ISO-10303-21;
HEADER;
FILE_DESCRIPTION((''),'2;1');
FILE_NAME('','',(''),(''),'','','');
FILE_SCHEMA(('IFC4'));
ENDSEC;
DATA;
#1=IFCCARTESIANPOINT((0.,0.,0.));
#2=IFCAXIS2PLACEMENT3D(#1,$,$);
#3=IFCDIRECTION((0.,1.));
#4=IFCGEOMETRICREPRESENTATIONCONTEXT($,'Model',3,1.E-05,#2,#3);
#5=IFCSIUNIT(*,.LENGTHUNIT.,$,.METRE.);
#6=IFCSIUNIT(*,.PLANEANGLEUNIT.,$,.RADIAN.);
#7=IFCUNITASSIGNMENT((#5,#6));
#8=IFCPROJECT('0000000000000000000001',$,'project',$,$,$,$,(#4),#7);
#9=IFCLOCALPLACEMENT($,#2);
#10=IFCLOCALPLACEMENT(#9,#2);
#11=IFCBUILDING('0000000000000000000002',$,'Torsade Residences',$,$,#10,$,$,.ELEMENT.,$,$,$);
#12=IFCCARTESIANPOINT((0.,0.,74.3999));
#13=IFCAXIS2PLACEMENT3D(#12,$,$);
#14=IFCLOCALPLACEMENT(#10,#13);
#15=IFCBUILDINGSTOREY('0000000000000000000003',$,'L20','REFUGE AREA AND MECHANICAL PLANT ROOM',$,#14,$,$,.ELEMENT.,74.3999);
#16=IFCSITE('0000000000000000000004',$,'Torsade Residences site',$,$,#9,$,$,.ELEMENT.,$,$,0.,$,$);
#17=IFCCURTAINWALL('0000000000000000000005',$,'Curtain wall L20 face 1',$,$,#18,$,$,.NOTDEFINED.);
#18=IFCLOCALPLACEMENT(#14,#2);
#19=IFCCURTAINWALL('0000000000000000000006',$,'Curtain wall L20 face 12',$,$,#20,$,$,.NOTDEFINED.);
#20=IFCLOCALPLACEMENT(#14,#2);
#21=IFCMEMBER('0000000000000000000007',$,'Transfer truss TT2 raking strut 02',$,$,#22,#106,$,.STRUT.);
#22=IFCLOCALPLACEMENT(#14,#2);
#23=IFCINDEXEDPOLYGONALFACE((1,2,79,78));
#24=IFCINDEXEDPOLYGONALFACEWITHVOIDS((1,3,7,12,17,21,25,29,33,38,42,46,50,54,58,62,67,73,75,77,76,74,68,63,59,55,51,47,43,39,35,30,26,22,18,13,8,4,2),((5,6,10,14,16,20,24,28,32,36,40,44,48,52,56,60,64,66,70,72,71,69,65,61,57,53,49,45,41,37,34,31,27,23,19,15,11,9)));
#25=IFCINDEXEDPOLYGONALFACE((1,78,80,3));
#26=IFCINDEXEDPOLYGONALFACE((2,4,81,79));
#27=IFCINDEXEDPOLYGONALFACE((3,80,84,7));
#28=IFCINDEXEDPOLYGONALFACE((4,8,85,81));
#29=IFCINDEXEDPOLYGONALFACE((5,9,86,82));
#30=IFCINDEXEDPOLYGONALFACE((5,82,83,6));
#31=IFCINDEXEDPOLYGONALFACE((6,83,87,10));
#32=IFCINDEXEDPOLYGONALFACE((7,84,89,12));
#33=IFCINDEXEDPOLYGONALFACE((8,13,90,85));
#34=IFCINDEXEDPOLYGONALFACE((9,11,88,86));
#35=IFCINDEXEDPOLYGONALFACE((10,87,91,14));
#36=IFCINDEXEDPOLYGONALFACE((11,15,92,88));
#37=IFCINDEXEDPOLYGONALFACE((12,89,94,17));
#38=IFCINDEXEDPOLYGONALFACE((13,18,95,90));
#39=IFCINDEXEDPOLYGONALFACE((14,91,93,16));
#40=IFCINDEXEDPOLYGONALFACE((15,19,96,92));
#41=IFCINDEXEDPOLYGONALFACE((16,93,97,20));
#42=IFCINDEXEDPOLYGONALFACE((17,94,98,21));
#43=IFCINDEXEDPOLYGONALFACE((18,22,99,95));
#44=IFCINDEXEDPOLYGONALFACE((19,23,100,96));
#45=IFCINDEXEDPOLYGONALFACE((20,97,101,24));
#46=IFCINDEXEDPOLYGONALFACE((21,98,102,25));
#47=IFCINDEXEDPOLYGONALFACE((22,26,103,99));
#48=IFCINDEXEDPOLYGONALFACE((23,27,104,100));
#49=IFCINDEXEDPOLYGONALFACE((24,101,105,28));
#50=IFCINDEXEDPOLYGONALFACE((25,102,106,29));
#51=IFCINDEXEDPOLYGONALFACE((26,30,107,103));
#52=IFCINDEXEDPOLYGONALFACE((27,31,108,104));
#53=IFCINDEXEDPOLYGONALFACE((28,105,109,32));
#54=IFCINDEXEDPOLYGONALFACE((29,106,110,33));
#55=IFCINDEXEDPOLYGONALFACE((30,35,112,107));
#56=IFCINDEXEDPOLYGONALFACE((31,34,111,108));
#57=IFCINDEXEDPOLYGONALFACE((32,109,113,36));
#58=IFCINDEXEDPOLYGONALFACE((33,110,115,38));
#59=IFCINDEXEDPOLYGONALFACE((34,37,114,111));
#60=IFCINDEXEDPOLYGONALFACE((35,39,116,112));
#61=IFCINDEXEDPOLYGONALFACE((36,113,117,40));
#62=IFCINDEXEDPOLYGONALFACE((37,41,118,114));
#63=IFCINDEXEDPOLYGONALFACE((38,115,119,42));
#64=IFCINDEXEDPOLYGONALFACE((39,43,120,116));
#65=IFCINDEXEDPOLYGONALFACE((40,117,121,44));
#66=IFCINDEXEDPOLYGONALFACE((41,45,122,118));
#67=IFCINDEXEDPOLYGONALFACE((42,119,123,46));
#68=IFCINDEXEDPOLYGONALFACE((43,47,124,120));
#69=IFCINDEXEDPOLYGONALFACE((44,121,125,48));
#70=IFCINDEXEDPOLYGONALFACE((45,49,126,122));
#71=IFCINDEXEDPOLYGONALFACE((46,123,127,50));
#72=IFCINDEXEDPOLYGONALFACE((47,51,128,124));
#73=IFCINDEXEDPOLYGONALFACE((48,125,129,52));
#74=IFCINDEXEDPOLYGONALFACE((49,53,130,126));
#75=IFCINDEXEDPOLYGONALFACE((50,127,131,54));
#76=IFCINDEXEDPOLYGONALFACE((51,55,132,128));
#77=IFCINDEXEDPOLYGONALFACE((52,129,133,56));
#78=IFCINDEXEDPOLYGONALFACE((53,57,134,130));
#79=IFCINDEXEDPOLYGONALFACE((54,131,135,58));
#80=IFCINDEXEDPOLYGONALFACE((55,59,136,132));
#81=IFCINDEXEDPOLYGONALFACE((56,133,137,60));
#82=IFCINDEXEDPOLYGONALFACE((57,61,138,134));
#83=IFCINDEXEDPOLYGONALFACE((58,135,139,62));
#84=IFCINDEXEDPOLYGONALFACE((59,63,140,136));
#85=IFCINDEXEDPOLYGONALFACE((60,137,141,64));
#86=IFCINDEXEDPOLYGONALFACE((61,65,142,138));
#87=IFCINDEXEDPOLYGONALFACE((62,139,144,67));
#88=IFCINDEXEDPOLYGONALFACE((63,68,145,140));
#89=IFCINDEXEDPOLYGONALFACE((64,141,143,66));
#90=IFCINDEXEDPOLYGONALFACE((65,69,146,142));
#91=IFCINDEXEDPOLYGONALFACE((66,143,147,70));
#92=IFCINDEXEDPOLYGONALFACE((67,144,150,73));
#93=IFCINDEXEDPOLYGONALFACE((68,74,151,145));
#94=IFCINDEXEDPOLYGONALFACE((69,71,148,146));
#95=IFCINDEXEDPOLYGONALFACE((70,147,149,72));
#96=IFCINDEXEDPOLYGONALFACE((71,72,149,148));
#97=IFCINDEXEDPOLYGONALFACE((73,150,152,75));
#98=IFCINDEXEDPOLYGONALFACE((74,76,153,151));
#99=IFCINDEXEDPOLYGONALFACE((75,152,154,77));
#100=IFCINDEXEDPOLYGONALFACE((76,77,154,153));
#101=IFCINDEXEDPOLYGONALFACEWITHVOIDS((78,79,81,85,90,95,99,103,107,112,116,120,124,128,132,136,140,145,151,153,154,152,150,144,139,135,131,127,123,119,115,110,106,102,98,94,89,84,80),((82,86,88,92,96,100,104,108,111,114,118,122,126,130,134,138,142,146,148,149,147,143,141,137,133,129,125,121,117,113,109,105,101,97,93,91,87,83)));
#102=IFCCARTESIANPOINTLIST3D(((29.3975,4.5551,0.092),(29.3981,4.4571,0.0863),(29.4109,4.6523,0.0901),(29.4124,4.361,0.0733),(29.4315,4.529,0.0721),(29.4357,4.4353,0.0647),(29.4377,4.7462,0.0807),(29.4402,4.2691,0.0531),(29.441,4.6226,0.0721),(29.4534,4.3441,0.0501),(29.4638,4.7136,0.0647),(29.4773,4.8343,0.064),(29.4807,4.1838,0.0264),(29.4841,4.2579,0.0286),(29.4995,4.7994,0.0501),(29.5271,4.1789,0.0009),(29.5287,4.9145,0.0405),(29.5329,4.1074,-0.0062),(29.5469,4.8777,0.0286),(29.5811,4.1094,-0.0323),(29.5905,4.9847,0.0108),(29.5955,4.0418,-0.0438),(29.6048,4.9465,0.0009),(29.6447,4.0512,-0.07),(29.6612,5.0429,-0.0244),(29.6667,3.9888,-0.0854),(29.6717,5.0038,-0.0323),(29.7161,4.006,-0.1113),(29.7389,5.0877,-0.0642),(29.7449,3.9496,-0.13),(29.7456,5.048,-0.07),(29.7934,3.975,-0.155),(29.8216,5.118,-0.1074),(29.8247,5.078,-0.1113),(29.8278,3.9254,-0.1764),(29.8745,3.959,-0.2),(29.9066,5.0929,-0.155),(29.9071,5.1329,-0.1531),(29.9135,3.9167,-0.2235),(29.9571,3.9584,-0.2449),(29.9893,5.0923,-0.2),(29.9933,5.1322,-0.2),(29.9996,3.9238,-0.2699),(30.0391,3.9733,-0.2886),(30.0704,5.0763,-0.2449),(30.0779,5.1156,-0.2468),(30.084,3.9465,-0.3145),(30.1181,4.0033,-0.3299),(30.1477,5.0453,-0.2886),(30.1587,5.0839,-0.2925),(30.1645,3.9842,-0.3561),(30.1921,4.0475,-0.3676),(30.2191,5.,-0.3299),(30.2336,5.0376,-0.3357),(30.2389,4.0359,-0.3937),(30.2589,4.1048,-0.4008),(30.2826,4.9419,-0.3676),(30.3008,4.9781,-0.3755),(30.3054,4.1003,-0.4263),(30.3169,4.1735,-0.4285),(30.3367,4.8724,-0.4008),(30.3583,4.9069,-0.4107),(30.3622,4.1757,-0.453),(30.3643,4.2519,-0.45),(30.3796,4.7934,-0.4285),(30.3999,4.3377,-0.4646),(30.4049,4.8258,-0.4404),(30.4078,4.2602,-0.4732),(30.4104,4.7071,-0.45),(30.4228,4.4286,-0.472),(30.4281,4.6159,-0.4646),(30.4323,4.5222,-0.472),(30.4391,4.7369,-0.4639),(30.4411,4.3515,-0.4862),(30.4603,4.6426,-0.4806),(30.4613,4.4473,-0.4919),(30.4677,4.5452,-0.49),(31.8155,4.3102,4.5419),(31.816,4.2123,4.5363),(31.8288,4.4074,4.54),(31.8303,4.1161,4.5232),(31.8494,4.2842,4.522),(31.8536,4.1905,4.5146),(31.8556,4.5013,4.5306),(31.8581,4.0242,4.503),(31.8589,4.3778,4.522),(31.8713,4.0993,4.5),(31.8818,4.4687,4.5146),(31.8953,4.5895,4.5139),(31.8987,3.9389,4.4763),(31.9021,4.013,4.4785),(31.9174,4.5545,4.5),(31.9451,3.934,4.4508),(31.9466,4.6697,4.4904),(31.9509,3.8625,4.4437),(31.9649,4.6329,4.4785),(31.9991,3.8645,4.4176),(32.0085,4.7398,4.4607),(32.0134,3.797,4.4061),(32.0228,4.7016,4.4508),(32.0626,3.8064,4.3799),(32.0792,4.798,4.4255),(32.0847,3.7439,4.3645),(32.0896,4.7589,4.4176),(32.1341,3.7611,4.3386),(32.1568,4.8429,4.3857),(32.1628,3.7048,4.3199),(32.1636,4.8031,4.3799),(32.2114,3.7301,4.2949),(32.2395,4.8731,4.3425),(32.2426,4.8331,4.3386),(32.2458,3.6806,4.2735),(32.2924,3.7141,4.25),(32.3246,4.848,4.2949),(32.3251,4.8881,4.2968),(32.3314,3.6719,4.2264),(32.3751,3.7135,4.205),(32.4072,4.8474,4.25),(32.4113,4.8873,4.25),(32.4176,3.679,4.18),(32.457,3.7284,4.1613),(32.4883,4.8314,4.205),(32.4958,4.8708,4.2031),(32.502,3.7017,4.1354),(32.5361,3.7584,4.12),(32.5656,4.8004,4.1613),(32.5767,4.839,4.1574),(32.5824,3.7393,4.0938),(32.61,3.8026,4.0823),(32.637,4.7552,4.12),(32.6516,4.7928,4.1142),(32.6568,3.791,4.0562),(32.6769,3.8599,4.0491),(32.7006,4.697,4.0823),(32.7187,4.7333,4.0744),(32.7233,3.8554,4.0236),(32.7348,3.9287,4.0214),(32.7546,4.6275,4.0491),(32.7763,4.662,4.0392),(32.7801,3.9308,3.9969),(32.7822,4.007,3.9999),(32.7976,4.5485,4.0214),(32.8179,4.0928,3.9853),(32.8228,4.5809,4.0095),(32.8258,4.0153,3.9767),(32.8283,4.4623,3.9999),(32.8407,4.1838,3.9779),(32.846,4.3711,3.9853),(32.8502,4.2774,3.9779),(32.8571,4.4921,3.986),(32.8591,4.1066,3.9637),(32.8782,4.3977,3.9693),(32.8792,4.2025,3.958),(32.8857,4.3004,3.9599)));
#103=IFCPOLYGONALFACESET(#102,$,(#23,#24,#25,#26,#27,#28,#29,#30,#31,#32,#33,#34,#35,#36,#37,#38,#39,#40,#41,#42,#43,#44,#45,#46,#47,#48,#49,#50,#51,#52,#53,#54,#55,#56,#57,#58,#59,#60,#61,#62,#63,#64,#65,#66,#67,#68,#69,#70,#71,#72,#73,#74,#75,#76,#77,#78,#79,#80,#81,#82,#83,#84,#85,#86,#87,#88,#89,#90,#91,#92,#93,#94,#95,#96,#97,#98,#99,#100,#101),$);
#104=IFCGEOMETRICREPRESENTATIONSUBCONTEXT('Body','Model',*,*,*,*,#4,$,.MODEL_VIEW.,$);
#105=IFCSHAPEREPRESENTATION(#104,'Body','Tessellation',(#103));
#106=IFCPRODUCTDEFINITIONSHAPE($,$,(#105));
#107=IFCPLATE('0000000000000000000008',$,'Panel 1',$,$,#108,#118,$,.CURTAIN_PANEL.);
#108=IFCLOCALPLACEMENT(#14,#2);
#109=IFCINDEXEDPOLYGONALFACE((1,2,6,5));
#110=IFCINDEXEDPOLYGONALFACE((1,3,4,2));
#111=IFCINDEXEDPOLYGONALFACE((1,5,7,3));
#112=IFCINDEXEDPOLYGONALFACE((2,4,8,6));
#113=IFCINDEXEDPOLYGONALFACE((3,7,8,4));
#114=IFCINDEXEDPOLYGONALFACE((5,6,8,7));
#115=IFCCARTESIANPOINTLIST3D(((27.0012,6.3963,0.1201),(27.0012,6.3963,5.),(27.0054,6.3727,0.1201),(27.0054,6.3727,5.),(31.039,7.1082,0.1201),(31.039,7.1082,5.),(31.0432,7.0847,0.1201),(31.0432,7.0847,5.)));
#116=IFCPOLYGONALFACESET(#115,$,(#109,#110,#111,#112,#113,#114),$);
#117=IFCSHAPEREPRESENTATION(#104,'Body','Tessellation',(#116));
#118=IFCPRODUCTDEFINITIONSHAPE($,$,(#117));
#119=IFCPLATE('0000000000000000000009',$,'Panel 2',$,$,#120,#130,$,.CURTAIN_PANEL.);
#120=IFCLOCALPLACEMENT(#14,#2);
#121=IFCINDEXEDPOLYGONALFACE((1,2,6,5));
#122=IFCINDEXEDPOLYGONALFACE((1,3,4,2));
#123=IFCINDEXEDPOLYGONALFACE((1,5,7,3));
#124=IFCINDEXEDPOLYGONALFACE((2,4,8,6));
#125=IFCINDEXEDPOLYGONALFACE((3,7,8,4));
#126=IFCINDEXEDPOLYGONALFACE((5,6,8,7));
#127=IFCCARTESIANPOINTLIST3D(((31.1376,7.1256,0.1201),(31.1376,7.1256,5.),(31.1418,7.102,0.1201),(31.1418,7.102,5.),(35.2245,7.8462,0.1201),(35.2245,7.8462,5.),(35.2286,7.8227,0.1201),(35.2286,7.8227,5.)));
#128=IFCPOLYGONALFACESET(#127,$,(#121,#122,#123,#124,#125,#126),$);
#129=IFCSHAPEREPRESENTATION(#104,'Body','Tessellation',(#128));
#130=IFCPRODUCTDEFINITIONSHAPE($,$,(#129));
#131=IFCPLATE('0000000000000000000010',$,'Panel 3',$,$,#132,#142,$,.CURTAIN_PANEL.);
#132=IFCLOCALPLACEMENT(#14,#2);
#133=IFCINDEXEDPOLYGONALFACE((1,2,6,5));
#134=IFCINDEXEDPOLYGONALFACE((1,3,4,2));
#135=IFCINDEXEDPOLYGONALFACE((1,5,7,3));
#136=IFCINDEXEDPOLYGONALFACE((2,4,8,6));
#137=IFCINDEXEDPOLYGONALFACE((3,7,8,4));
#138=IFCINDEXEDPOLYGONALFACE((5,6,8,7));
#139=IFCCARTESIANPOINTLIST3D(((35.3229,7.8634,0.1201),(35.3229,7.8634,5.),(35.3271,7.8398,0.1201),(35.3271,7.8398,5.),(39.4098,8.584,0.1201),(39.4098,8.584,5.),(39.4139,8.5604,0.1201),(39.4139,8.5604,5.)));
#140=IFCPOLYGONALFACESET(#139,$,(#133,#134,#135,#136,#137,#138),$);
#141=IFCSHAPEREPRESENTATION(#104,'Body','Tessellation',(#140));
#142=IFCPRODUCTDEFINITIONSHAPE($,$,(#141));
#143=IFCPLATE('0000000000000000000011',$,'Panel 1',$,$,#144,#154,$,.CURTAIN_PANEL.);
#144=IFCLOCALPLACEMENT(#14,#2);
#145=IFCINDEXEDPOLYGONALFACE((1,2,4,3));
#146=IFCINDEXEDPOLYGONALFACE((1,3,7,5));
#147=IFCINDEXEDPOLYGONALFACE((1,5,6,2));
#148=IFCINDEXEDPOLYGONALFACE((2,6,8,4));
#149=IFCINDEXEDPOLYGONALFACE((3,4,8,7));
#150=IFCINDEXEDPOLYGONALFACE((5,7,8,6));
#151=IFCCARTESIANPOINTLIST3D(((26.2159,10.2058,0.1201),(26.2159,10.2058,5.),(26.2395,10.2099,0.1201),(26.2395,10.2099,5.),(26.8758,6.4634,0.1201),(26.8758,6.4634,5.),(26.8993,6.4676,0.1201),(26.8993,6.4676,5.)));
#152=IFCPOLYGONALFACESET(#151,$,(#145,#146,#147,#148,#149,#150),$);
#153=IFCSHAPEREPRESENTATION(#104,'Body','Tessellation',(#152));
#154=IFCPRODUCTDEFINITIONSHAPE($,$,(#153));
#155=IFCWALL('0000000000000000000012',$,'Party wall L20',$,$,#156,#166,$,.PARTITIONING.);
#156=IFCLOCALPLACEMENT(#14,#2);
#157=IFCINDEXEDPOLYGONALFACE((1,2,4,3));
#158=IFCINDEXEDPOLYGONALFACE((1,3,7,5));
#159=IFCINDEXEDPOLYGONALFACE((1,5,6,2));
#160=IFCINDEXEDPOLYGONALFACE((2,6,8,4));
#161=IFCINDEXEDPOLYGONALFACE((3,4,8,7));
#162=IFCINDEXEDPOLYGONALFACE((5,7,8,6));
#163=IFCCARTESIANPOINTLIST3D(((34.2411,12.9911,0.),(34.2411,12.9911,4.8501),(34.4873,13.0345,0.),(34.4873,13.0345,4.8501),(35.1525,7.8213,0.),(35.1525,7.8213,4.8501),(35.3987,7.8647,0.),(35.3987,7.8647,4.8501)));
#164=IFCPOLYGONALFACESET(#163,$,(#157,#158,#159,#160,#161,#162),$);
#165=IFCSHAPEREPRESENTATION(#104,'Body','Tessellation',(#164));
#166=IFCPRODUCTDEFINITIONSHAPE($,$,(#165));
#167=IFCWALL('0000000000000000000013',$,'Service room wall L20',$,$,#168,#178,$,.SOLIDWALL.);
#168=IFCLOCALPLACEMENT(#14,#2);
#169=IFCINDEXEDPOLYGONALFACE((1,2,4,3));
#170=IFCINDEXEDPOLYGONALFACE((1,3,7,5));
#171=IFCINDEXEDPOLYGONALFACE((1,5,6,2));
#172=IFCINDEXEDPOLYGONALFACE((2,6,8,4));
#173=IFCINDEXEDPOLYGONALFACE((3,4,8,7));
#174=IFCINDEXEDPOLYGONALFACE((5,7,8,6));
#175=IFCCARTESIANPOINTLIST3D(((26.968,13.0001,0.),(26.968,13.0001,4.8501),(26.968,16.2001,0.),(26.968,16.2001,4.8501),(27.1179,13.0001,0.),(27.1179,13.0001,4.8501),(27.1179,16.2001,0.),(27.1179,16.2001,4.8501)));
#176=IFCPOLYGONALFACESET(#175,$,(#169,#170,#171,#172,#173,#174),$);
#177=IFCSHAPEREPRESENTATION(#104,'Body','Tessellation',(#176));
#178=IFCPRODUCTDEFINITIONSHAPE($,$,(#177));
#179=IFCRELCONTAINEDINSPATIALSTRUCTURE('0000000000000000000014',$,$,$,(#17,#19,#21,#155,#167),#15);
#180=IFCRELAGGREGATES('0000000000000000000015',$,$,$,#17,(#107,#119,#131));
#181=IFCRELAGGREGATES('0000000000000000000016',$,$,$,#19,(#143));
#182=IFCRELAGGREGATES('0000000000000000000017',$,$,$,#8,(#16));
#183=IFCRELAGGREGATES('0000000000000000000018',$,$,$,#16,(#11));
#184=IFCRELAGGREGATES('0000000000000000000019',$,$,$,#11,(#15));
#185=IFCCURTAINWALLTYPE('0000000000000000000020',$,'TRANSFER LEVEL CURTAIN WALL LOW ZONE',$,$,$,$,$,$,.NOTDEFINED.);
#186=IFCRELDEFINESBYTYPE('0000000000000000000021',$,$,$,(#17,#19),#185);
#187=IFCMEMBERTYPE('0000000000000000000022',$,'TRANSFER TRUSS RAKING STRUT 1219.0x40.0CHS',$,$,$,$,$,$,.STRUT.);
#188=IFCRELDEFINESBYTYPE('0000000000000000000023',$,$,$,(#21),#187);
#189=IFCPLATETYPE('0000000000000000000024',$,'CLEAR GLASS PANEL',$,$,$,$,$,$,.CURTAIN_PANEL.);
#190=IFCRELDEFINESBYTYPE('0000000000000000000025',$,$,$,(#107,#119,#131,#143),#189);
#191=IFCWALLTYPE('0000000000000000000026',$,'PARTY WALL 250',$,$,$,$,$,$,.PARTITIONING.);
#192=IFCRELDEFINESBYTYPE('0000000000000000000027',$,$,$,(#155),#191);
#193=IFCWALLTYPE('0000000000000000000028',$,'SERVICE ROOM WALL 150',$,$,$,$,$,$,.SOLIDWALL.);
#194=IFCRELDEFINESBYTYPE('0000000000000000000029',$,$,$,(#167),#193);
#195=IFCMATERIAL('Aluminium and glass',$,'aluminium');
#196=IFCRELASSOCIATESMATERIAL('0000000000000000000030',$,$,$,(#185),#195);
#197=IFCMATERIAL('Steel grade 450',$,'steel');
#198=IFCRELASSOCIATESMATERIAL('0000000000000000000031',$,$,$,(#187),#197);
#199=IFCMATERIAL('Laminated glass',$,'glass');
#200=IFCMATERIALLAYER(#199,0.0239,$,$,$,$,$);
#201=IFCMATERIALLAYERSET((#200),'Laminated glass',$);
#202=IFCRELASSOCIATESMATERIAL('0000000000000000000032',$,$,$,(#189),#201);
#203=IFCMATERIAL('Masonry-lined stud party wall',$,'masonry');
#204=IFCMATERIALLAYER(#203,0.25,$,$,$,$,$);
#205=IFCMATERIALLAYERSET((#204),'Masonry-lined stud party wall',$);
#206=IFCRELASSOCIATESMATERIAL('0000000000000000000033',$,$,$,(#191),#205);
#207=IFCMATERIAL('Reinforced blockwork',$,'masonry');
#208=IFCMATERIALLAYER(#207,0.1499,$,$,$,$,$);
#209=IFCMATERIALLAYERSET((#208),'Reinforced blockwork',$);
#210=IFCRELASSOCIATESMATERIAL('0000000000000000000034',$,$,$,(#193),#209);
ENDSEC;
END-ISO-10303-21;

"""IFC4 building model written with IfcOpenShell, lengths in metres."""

from ifc_helpers import new_model, si_unit, direction, frame, frame_2d, origin, origin_2d, place, context, subcontext, project, spatial, rectangle, hollow_circle, extrude, material, layer, layer_set, material_profile, profile_set, type_object, element, aggregate, save


model = new_model("IFC4")

# Units and contexts
model_context = context("Model", 3, precision=1e-05, world=origin(), true_north=direction((0.0, 1.0)))
body_context = subcontext(model_context, "Body", "Model", "MODEL_VIEW")
ifc_project = project(units=[si_unit("LENGTHUNIT", "METRE"), si_unit("PLANEANGLEUNIT", "RADIAN")], contexts=[model_context])

# Site, building, storey
site_placement = place(None, origin())
site = spatial("IfcSite", under=ifc_project, at=site_placement, Name="Torsade Residences site", CompositionType="ELEMENT", RefElevation=0.0)
building_placement = place(site_placement, origin())
building = spatial("IfcBuilding", under=site, at=building_placement, Name="Torsade Residences", CompositionType="ELEMENT")
storey_placement = place(building_placement, frame((0.0, 0.0, 74.3999)))
storey = spatial("IfcBuildingStorey", under=building, at=storey_placement, Name="L20", Description="REFUGE AREA AND MECHANICAL PLANT ROOM", CompositionType="ELEMENT", Elevation=74.3999)

# Curtain walls
ifc_material_1 = material(Name="Aluminium and glass", Category="aluminium")
curtain_wall_type = type_object("IfcCurtainWallType", Name="TRANSFER LEVEL CURTAIN WALL LOW ZONE", PredefinedType="NOTDEFINED", material=ifc_material_1)
curtain_wall_1_placement = place(storey_placement, origin())
curtain_wall_1 = element("IfcCurtainWall", 1, at=curtain_wall_1_placement, inside=storey, type_object=curtain_wall_type, Name="Curtain wall L20 face 1", PredefinedType="NOTDEFINED")
curtain_wall_2_placement = place(storey_placement, origin())
curtain_wall_2 = element("IfcCurtainWall", 2, at=curtain_wall_2_placement, inside=storey, type_object=curtain_wall_type, Name="Curtain wall L20 face 12", PredefinedType="NOTDEFINED")

# Member
ifc_material_2 = material(Name="Steel grade 450", Category="steel")
ifc_material_profile_1 = material_profile(ifc_material_2, hollow_circle(Radius=0.6096, WallThickness=0.04, at=origin_2d()), Name="1219.0x40.0CHS")
ifc_profile_set_1 = profile_set([ifc_material_profile_1], Name="Steel grade 450")
member_type_1 = type_object("IfcMemberType", Name="TRANSFER TRUSS RAKING STRUT 1219.0x40.0CHS", PredefinedType="STRUT", material=ifc_profile_set_1)
member_1_placement = place(storey_placement, frame((29.9319, 4.5256, -0.2), z_axis=(0.476883, -0.048295, 0.877639), x_axis=(0.100757, 0.994911, 0.0)))
element("IfcMember", 3, at=member_1_placement, inside=storey, type_object=member_type_1, Name="Transfer truss TT2 raking strut 02", PredefinedType="STRUT", context=body_context, shape_type="SweptSolid", body=[
    extrude(hollow_circle(Radius=0.6096, WallThickness=0.04, at=origin_2d()), origin(), (0.0, 0.0, 1.0), 5.0703),
])

# Plates
ifc_material_3 = material(Name="Laminated glass", Category="glass")
ifc_layer_1 = layer(ifc_material_3, 0.0239)
ifc_layer_set_1 = layer_set([ifc_layer_1], Name="Laminated glass")
plate_type = type_object("IfcPlateType", Name="CLEAR GLASS PANEL", PredefinedType="CURTAIN_PANEL", material=ifc_layer_set_1)
plate_1_placement = place(storey_placement, frame((29.0222, 6.7405, 0.1201), z_axis=(0.0, 0.0, 1.0), x_axis=(0.984808, 0.173648, 0.0)))
plate_1 = element("IfcPlate", 4, at=plate_1_placement, type_object=plate_type, Name="Panel 1", PredefinedType="CURTAIN_PANEL", context=body_context, shape_type="SweptSolid", body=[
    extrude(rectangle(XDim=4.1001, YDim=0.0239, at=origin_2d()), origin(), (0.0, 0.0, 1.0), 4.8799),
])
plate_2_placement = place(storey_placement, frame((33.1831, 7.4741, 0.1201), z_axis=(0.0, 0.0, 1.0), x_axis=(0.984808, 0.173648, 0.0)))
plate_2 = element("IfcPlate", 5, at=plate_2_placement, type_object=plate_type, Name="Panel 2", PredefinedType="CURTAIN_PANEL", context=body_context, shape_type="SweptSolid", body=[
    extrude(rectangle(XDim=4.1499, YDim=0.0239, at=origin_2d()), origin(), (0.0, 0.0, 1.0), 4.8799),
])
plate_3_placement = place(storey_placement, frame((37.3684, 8.2119, 0.1201), z_axis=(0.0, 0.0, 1.0), x_axis=(0.984808, 0.173648, 0.0)))
plate_3 = element("IfcPlate", 6, at=plate_3_placement, type_object=plate_type, Name="Panel 3", PredefinedType="CURTAIN_PANEL", context=body_context, shape_type="SweptSolid", body=[
    extrude(rectangle(XDim=4.1499, YDim=0.0239, at=origin_2d()), origin(), (0.0, 0.0, 1.0), 4.8799),
])
aggregate(curtain_wall_1, [plate_1, plate_2, plate_3])
plate_4_placement = place(storey_placement, frame((26.5576, 8.3367, 0.1201), z_axis=(0.0, 0.0, 1.0), x_axis=(0.173648, -0.984808, 0.0)))
plate_4 = element("IfcPlate", 7, at=plate_4_placement, type_object=plate_type, Name="Panel 1", PredefinedType="CURTAIN_PANEL", context=body_context, shape_type="SweptSolid", body=[
    extrude(rectangle(XDim=3.8, YDim=0.0239, at=origin_2d()), origin(), (0.0, 0.0, 1.0), 4.8799),
])
aggregate(curtain_wall_2, [plate_4])

# Walls
ifc_material_4 = material(Name="Masonry-lined stud party wall", Category="masonry")
ifc_layer_2 = layer(ifc_material_4, 0.25)
ifc_layer_set_2 = layer_set([ifc_layer_2], Name="Masonry-lined stud party wall")
wall_type_1 = type_object("IfcWallType", Name="PARTY WALL 250", PredefinedType="PARTITIONING", material=ifc_layer_set_2)
wall_1_placement = place(storey_placement, frame((35.2756, 7.843, 0.0), z_axis=(0.0, 0.0, 1.0), x_axis=(-0.173616, 0.984814, 0.0)))
element("IfcWall", 8, at=wall_1_placement, inside=storey, type_object=wall_type_1, Name="Party wall L20", PredefinedType="PARTITIONING", context=body_context, shape_type="SweptSolid", body=[
    extrude(rectangle(XDim=5.2495, YDim=0.25, at=frame_2d((2.6248, 0.0))), origin(), (0.0, 0.0, 1.0), 4.8501),
])
ifc_material_5 = material(Name="Reinforced blockwork", Category="masonry")
ifc_layer_3 = layer(ifc_material_5, 0.1499)
ifc_layer_set_3 = layer_set([ifc_layer_3], Name="Reinforced blockwork")
wall_type_2 = type_object("IfcWallType", Name="SERVICE ROOM WALL 150", PredefinedType="SOLIDWALL", material=ifc_layer_set_3)
wall_2_placement = place(storey_placement, frame((27.043, 13.0, 0.0), z_axis=(0.0, 0.0, 1.0), x_axis=(0.0, 1.0, 0.0)))
element("IfcWall", 9, at=wall_2_placement, inside=storey, type_object=wall_type_2, Name="Service room wall L20", PredefinedType="SOLIDWALL", context=body_context, shape_type="SweptSolid", body=[
    extrude(rectangle(XDim=3.2, YDim=0.1499, at=frame_2d((1.6001, 0.0))), origin(), (0.0, 0.0, 1.0), 4.8501),
])

save(model, "model.ifc")
